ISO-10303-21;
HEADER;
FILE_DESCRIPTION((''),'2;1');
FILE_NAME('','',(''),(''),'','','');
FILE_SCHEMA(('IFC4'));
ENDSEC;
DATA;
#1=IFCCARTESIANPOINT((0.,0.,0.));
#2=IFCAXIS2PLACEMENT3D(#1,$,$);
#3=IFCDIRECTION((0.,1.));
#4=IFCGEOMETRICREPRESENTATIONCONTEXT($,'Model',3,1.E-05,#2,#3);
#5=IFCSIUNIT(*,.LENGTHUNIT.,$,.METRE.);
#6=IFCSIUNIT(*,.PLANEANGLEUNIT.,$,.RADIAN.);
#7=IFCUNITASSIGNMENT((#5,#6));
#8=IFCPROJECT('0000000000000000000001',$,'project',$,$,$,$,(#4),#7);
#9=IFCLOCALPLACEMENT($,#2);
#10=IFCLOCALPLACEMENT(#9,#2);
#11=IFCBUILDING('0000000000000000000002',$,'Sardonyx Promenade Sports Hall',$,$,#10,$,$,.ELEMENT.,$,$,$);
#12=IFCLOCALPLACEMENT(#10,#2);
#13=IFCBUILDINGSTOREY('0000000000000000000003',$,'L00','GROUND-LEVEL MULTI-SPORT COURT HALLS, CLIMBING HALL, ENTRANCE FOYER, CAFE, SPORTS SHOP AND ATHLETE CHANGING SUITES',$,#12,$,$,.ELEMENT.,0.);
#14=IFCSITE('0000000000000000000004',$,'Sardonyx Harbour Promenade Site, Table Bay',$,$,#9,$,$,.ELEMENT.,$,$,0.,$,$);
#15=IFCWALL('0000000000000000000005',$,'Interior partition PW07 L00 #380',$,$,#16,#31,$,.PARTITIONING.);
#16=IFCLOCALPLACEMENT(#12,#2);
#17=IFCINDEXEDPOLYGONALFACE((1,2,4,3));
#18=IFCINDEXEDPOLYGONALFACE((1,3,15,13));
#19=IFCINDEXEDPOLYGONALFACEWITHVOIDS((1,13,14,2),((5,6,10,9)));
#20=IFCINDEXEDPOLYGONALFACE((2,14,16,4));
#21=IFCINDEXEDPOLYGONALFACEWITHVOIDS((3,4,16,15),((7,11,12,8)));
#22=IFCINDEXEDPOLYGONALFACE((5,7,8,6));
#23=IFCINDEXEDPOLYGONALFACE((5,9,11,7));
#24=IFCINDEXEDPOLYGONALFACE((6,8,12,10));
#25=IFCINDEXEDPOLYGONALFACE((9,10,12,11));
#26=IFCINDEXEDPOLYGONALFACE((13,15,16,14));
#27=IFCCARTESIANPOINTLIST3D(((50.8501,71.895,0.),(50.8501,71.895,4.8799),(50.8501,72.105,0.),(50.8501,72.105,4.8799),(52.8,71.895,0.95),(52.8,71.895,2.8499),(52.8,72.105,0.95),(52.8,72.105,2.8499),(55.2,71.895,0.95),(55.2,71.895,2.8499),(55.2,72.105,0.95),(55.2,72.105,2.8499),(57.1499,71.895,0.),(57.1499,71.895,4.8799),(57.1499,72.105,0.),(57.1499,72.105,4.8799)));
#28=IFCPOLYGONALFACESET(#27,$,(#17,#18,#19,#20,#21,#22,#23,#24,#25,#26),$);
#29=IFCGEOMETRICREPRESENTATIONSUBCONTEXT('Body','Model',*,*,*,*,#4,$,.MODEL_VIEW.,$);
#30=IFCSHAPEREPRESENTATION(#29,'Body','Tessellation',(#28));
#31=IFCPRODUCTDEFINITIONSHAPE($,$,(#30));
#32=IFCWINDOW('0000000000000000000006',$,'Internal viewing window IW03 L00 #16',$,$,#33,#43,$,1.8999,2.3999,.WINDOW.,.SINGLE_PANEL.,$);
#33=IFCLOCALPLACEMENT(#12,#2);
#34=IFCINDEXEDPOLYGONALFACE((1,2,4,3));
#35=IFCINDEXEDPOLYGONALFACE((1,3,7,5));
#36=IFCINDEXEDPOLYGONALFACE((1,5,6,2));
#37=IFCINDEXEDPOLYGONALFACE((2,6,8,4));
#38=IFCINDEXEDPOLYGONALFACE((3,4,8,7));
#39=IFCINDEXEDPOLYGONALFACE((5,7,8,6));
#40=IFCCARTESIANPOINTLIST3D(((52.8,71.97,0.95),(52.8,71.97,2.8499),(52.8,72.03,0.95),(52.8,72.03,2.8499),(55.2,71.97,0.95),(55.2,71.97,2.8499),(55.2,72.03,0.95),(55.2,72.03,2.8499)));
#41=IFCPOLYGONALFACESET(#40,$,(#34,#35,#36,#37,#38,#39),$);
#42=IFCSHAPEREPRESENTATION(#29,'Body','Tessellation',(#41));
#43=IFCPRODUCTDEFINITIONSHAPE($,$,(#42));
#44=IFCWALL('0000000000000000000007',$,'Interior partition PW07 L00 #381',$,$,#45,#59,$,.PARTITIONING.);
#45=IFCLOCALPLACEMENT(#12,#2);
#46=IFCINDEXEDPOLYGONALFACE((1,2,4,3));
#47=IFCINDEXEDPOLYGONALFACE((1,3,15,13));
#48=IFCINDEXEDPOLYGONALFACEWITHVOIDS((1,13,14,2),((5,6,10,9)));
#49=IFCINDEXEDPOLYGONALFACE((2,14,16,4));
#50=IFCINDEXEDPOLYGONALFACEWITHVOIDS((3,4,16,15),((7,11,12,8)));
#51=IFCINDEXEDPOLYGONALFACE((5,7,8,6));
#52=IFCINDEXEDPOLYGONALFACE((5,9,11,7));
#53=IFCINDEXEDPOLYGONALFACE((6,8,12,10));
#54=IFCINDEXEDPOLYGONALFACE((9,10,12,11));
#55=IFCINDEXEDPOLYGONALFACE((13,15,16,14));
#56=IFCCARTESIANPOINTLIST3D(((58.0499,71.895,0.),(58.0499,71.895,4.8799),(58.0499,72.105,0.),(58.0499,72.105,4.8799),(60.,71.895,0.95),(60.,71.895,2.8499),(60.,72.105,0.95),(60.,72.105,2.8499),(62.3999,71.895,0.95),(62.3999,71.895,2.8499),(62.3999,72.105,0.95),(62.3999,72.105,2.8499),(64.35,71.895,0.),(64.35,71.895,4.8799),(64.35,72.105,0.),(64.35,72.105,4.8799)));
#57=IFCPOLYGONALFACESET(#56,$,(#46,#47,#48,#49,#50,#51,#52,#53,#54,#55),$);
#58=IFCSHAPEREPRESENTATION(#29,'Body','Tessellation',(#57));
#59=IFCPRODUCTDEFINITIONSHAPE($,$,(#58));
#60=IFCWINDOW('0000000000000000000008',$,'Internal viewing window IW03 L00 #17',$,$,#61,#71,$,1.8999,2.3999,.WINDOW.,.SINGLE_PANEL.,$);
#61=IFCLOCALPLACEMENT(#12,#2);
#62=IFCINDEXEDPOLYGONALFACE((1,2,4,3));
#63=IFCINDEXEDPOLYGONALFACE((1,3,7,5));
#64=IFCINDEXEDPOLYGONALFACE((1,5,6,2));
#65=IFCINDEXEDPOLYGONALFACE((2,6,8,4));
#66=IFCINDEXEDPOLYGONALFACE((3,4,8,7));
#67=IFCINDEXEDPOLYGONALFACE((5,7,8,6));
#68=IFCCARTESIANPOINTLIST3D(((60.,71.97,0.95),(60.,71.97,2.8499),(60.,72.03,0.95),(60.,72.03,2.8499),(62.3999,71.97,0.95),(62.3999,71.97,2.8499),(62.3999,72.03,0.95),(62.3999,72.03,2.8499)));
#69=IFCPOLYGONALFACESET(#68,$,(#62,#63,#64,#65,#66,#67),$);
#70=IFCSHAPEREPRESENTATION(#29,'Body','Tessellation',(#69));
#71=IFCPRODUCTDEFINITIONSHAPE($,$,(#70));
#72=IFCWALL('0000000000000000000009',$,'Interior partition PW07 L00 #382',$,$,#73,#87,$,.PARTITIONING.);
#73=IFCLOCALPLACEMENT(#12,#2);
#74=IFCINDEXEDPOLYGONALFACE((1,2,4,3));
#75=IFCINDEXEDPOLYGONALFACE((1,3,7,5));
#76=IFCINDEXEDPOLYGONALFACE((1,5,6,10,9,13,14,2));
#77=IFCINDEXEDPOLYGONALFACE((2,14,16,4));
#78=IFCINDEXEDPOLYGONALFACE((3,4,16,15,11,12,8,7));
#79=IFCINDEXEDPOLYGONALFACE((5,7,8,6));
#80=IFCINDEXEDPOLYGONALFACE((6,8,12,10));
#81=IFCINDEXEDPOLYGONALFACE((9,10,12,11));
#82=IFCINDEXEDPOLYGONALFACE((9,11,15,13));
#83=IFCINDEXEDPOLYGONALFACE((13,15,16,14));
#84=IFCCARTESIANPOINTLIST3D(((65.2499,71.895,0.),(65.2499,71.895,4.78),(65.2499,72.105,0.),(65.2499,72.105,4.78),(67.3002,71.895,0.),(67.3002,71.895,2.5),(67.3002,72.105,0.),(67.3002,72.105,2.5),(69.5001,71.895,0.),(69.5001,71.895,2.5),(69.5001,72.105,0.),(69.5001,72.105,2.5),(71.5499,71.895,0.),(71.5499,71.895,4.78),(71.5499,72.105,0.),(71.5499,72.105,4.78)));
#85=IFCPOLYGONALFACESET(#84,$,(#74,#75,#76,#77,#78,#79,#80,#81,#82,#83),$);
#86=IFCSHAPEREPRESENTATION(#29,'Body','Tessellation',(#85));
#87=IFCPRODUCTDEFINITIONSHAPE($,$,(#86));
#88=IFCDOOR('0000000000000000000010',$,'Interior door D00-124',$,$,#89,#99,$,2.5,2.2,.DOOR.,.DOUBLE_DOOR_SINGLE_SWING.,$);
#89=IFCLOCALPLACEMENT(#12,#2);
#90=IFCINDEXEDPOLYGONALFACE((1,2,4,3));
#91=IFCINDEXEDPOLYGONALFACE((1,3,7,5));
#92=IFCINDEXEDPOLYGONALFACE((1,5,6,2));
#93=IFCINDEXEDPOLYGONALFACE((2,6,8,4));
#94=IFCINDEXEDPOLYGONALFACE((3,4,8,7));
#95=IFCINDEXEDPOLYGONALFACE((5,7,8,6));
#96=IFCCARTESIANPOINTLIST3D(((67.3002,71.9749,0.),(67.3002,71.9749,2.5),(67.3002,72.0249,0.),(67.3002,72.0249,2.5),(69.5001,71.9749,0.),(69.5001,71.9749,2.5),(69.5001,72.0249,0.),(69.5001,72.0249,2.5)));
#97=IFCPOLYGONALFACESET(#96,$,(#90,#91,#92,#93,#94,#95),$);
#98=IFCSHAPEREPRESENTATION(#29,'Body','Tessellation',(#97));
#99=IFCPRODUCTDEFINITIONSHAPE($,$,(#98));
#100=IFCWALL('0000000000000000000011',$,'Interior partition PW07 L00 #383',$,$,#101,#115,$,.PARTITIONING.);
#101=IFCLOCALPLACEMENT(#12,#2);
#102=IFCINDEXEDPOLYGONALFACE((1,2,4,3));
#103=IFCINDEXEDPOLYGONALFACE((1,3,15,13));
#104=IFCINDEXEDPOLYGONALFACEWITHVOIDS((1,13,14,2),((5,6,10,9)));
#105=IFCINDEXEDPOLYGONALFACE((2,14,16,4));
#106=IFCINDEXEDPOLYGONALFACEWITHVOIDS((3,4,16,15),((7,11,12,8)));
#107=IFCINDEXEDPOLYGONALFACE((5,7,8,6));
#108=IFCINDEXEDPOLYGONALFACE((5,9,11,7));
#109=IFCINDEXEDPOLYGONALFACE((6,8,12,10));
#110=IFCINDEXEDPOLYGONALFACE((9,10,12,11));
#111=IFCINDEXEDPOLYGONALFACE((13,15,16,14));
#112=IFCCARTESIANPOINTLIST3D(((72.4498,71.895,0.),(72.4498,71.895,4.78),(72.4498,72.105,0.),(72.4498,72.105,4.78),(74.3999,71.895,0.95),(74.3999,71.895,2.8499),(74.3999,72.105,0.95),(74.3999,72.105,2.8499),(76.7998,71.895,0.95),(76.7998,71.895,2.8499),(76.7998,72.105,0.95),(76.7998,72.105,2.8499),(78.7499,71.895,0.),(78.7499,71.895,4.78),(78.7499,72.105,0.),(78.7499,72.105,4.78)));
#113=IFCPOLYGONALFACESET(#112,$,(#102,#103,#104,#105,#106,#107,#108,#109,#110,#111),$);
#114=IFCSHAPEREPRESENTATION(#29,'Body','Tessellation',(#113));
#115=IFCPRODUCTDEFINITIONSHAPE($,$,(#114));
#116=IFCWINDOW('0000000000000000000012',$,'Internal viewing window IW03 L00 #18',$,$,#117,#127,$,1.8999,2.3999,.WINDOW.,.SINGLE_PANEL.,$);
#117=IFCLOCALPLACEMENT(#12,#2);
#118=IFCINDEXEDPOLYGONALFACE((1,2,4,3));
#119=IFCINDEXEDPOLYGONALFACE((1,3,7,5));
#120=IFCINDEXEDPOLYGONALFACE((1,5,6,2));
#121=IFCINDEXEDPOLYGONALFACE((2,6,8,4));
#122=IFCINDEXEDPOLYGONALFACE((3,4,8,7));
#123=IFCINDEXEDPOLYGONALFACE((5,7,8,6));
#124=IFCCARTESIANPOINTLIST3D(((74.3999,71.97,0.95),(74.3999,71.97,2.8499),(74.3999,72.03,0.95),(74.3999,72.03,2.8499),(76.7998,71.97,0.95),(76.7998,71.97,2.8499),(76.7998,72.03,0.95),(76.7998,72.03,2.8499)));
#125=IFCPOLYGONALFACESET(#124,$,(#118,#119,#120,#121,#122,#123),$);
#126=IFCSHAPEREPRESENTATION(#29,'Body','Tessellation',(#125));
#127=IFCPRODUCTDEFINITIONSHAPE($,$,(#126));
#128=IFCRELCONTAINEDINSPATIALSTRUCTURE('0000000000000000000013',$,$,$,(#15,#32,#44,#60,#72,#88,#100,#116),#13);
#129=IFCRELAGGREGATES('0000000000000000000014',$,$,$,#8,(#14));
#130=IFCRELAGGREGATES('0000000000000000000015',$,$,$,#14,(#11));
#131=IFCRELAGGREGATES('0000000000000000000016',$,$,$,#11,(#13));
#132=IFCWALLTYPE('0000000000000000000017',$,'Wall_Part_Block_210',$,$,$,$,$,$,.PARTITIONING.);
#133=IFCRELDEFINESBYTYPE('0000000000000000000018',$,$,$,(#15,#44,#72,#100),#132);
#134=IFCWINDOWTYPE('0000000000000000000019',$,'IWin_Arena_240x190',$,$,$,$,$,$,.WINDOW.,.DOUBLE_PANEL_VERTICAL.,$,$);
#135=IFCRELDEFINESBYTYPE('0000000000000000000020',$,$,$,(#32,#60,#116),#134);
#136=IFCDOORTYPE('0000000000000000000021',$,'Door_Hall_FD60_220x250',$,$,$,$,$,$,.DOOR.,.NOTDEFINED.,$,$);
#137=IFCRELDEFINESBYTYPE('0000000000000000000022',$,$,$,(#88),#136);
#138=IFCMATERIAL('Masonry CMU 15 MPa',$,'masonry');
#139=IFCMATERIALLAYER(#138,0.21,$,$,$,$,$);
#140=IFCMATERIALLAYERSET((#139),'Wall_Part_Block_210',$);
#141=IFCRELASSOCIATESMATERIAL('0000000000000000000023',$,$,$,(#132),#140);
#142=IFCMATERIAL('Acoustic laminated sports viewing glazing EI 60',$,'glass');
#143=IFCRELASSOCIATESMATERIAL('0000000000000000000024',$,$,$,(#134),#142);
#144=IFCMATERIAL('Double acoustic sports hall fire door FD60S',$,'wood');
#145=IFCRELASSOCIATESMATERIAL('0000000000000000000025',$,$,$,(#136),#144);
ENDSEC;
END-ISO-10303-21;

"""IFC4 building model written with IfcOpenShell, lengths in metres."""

from ifc_helpers import new_model, si_unit, direction, frame, frame_2d, origin, place, context, subcontext, project, spatial, rectangle, extrude, material, layer, layer_set, type_object, element, fill, save


model = new_model("IFC4")

# Units and contexts
model_context = context("Model", 3, precision=1e-05, world=origin(), true_north=direction((0.0, 1.0)))
body_context = subcontext(model_context, "Body", "Model", "MODEL_VIEW")
ifc_project = project(units=[si_unit("LENGTHUNIT", "METRE"), si_unit("PLANEANGLEUNIT", "RADIAN")], contexts=[model_context])

# Site, building, storey
site_placement = place(None, origin())
site = spatial("IfcSite", under=ifc_project, at=site_placement, Name="Sardonyx Harbour Promenade Site, Table Bay", CompositionType="ELEMENT", RefElevation=0.0)
building_placement = place(site_placement, origin())
building = spatial("IfcBuilding", under=site, at=building_placement, Name="Sardonyx Promenade Sports Hall", CompositionType="ELEMENT")
storey_placement = place(building_placement, origin())
storey = spatial("IfcBuildingStorey", under=building, at=storey_placement, Name="L00", Description="GROUND-LEVEL MULTI-SPORT COURT HALLS, CLIMBING HALL, ENTRANCE FOYER, CAFE, SPORTS SHOP AND ATHLETE CHANGING SUITES", CompositionType="ELEMENT", Elevation=0.0)

# Walls, openings, windows
ifc_material_1 = material(Name="Masonry CMU 15 MPa", Category="masonry")
ifc_layer_1 = layer(ifc_material_1, 0.21)
ifc_layer_set_1 = layer_set([ifc_layer_1], Name="Wall_Part_Block_210")
wall_type_1 = type_object("IfcWallType", Name="Wall_Part_Block_210", PredefinedType="PARTITIONING", material=ifc_layer_set_1)
wall_1_placement = place(storey_placement, frame((50.8501, 72.0, 0.0), z_axis=(0.0, 0.0, 1.0), x_axis=(1.0, 0.0, 0.0)))
wall_1 = element("IfcWall", 1, at=wall_1_placement, inside=storey, type_object=wall_type_1, Name="Interior partition PW07 L00 #380", PredefinedType="PARTITIONING", context=body_context, shape_type="SweptSolid", body=[
    extrude(rectangle(XDim=6.2998, YDim=0.21, at=frame_2d((3.1499, 0.0))), origin(), (0.0, 0.0, 1.0), 4.8799),
])
opening_1_placement = place(wall_1_placement, frame((1.95, 0.0, 0.95)))
opening_1 = element("IfcOpeningElement", 2, at=opening_1_placement, cuts=wall_1, PredefinedType="OPENING", context=body_context, shape_type="SweptSolid", body=[
    extrude(rectangle(XDim=2.3999, YDim=1.8999, at=frame_2d((1.2, 0.95))), frame((0.0, 0.115, 0.0), z_axis=(0.0, -1.0, 0.0), x_axis=(1.0, 0.0, 0.0)), (0.0, 0.0, 1.0), 0.23),
])
ifc_material_2 = material(Name="Acoustic laminated sports viewing glazing EI 60", Category="glass")
window_type = type_object("IfcWindowType", Name="IWin_Arena_240x190", PartitioningType="DOUBLE_PANEL_VERTICAL", PredefinedType="WINDOW", material=ifc_material_2)
window_1_placement = place(opening_1_placement, origin())
window_1 = element("IfcWindow", 3, at=window_1_placement, inside=storey, type_object=window_type, Name="Internal viewing window IW03 L00 #16", OverallHeight=1.8999, OverallWidth=2.3999, PartitioningType="SINGLE_PANEL", PredefinedType="WINDOW", context=body_context, shape_type="SweptSolid", body=[
    extrude(rectangle(XDim=2.3999, YDim=1.8999, at=frame_2d((1.2, 0.95))), frame((0.0, 0.03, 0.0), z_axis=(0.0, -1.0, 0.0), x_axis=(1.0, 0.0, 0.0)), (0.0, 0.0, 1.0), 0.0601),
])
fill(opening_1, window_1)
wall_2_placement = place(storey_placement, frame((58.05, 72.0, 0.0), z_axis=(0.0, 0.0, 1.0), x_axis=(1.0, 0.0, 0.0)))
wall_2 = element("IfcWall", 4, at=wall_2_placement, inside=storey, type_object=wall_type_1, Name="Interior partition PW07 L00 #381", PredefinedType="PARTITIONING", context=body_context, shape_type="SweptSolid", body=[
    extrude(rectangle(XDim=6.3, YDim=0.21, at=frame_2d((3.1499, 0.0))), origin(), (0.0, 0.0, 1.0), 4.8799),
])
opening_2_placement = place(wall_2_placement, frame((1.95, 0.0, 0.95)))
opening_2 = element("IfcOpeningElement", 5, at=opening_2_placement, cuts=wall_2, PredefinedType="OPENING", context=body_context, shape_type="SweptSolid", body=[
    extrude(rectangle(XDim=2.3999, YDim=1.8999, at=frame_2d((1.2, 0.95))), frame((0.0, 0.115, 0.0), z_axis=(0.0, -1.0, 0.0), x_axis=(1.0, 0.0, 0.0)), (0.0, 0.0, 1.0), 0.23),
])
window_2_placement = place(opening_2_placement, origin())
window_2 = element("IfcWindow", 6, at=window_2_placement, inside=storey, type_object=window_type, Name="Internal viewing window IW03 L00 #17", OverallHeight=1.8999, OverallWidth=2.3999, PartitioningType="SINGLE_PANEL", PredefinedType="WINDOW", context=body_context, shape_type="SweptSolid", body=[
    extrude(rectangle(XDim=2.3999, YDim=1.8999, at=frame_2d((1.2, 0.95))), frame((0.0, 0.03, 0.0), z_axis=(0.0, -1.0, 0.0), x_axis=(1.0, 0.0, 0.0)), (0.0, 0.0, 1.0), 0.0601),
])
fill(opening_2, window_2)

# Wall, opening, door
wall_3_placement = place(storey_placement, frame((65.25, 72.0, 0.0), z_axis=(0.0, 0.0, 1.0), x_axis=(1.0, 0.0, 0.0)))
wall_3 = element("IfcWall", 7, at=wall_3_placement, inside=storey, type_object=wall_type_1, Name="Interior partition PW07 L00 #382", PredefinedType="PARTITIONING", context=body_context, shape_type="SweptSolid", body=[
    extrude(rectangle(XDim=6.3, YDim=0.21, at=frame_2d((3.1499, 0.0))), origin(), (0.0, 0.0, 1.0), 4.78),
])
opening_3_placement = place(wall_3_placement, frame((2.05, 0.0, 0.0)))
opening_3 = element("IfcOpeningElement", 8, at=opening_3_placement, cuts=wall_3, PredefinedType="OPENING", context=body_context, shape_type="SweptSolid", body=[
    extrude(rectangle(XDim=2.2, YDim=2.5, at=frame_2d((1.1001, 1.25))), frame((0.0, 0.115, 0.0), z_axis=(0.0, -1.0, 0.0), x_axis=(1.0, 0.0, 0.0)), (0.0, 0.0, 1.0), 0.23),
])
ifc_material_3 = material(Name="Double acoustic sports hall fire door FD60S", Category="wood")
door_type_1 = type_object("IfcDoorType", Name="Door_Hall_FD60_220x250", OperationType="NOTDEFINED", PredefinedType="DOOR", material=ifc_material_3)
door_1_placement = place(opening_3_placement, origin())
door_1 = element("IfcDoor", 9, at=door_1_placement, inside=storey, type_object=door_type_1, Name="Interior door D00-124", OperationType="DOUBLE_DOOR_SINGLE_SWING", OverallHeight=2.5, OverallWidth=2.2, PredefinedType="DOOR", context=body_context, shape_type="SweptSolid", body=[
    extrude(rectangle(XDim=2.2, YDim=2.5, at=frame_2d((1.1001, 1.25))), frame((0.0, 0.0249, 0.0), z_axis=(0.0, -1.0, 0.0), x_axis=(1.0, 0.0, 0.0)), (0.0, 0.0, 1.0), 0.05),
])
fill(opening_3, door_1)

# Wall, opening, window
wall_4_placement = place(storey_placement, frame((72.45, 72.0, 0.0), z_axis=(0.0, 0.0, 1.0), x_axis=(1.0, 0.0, 0.0)))
wall_4 = element("IfcWall", 10, at=wall_4_placement, inside=storey, type_object=wall_type_1, Name="Interior partition PW07 L00 #383", PredefinedType="PARTITIONING", context=body_context, shape_type="SweptSolid", body=[
    extrude(rectangle(XDim=6.3, YDim=0.21, at=frame_2d((3.1499, 0.0))), origin(), (0.0, 0.0, 1.0), 4.78),
])
opening_4_placement = place(wall_4_placement, frame((1.95, 0.0, 0.95)))
opening_4 = element("IfcOpeningElement", 11, at=opening_4_placement, cuts=wall_4, PredefinedType="OPENING", context=body_context, shape_type="SweptSolid", body=[
    extrude(rectangle(XDim=2.3999, YDim=1.8999, at=frame_2d((1.2, 0.95))), frame((0.0, 0.115, 0.0), z_axis=(0.0, -1.0, 0.0), x_axis=(1.0, 0.0, 0.0)), (0.0, 0.0, 1.0), 0.23),
])
window_3_placement = place(opening_4_placement, origin())
window_3 = element("IfcWindow", 12, at=window_3_placement, inside=storey, type_object=window_type, Name="Internal viewing window IW03 L00 #18", OverallHeight=1.8999, OverallWidth=2.3999, PartitioningType="SINGLE_PANEL", PredefinedType="WINDOW", context=body_context, shape_type="SweptSolid", body=[
    extrude(rectangle(XDim=2.3999, YDim=1.8999, at=frame_2d((1.2, 0.95))), frame((0.0, 0.03, 0.0), z_axis=(0.0, -1.0, 0.0), x_axis=(1.0, 0.0, 0.0)), (0.0, 0.0, 1.0), 0.0601),
])
fill(opening_4, window_3)

save(model, "model.ifc")
